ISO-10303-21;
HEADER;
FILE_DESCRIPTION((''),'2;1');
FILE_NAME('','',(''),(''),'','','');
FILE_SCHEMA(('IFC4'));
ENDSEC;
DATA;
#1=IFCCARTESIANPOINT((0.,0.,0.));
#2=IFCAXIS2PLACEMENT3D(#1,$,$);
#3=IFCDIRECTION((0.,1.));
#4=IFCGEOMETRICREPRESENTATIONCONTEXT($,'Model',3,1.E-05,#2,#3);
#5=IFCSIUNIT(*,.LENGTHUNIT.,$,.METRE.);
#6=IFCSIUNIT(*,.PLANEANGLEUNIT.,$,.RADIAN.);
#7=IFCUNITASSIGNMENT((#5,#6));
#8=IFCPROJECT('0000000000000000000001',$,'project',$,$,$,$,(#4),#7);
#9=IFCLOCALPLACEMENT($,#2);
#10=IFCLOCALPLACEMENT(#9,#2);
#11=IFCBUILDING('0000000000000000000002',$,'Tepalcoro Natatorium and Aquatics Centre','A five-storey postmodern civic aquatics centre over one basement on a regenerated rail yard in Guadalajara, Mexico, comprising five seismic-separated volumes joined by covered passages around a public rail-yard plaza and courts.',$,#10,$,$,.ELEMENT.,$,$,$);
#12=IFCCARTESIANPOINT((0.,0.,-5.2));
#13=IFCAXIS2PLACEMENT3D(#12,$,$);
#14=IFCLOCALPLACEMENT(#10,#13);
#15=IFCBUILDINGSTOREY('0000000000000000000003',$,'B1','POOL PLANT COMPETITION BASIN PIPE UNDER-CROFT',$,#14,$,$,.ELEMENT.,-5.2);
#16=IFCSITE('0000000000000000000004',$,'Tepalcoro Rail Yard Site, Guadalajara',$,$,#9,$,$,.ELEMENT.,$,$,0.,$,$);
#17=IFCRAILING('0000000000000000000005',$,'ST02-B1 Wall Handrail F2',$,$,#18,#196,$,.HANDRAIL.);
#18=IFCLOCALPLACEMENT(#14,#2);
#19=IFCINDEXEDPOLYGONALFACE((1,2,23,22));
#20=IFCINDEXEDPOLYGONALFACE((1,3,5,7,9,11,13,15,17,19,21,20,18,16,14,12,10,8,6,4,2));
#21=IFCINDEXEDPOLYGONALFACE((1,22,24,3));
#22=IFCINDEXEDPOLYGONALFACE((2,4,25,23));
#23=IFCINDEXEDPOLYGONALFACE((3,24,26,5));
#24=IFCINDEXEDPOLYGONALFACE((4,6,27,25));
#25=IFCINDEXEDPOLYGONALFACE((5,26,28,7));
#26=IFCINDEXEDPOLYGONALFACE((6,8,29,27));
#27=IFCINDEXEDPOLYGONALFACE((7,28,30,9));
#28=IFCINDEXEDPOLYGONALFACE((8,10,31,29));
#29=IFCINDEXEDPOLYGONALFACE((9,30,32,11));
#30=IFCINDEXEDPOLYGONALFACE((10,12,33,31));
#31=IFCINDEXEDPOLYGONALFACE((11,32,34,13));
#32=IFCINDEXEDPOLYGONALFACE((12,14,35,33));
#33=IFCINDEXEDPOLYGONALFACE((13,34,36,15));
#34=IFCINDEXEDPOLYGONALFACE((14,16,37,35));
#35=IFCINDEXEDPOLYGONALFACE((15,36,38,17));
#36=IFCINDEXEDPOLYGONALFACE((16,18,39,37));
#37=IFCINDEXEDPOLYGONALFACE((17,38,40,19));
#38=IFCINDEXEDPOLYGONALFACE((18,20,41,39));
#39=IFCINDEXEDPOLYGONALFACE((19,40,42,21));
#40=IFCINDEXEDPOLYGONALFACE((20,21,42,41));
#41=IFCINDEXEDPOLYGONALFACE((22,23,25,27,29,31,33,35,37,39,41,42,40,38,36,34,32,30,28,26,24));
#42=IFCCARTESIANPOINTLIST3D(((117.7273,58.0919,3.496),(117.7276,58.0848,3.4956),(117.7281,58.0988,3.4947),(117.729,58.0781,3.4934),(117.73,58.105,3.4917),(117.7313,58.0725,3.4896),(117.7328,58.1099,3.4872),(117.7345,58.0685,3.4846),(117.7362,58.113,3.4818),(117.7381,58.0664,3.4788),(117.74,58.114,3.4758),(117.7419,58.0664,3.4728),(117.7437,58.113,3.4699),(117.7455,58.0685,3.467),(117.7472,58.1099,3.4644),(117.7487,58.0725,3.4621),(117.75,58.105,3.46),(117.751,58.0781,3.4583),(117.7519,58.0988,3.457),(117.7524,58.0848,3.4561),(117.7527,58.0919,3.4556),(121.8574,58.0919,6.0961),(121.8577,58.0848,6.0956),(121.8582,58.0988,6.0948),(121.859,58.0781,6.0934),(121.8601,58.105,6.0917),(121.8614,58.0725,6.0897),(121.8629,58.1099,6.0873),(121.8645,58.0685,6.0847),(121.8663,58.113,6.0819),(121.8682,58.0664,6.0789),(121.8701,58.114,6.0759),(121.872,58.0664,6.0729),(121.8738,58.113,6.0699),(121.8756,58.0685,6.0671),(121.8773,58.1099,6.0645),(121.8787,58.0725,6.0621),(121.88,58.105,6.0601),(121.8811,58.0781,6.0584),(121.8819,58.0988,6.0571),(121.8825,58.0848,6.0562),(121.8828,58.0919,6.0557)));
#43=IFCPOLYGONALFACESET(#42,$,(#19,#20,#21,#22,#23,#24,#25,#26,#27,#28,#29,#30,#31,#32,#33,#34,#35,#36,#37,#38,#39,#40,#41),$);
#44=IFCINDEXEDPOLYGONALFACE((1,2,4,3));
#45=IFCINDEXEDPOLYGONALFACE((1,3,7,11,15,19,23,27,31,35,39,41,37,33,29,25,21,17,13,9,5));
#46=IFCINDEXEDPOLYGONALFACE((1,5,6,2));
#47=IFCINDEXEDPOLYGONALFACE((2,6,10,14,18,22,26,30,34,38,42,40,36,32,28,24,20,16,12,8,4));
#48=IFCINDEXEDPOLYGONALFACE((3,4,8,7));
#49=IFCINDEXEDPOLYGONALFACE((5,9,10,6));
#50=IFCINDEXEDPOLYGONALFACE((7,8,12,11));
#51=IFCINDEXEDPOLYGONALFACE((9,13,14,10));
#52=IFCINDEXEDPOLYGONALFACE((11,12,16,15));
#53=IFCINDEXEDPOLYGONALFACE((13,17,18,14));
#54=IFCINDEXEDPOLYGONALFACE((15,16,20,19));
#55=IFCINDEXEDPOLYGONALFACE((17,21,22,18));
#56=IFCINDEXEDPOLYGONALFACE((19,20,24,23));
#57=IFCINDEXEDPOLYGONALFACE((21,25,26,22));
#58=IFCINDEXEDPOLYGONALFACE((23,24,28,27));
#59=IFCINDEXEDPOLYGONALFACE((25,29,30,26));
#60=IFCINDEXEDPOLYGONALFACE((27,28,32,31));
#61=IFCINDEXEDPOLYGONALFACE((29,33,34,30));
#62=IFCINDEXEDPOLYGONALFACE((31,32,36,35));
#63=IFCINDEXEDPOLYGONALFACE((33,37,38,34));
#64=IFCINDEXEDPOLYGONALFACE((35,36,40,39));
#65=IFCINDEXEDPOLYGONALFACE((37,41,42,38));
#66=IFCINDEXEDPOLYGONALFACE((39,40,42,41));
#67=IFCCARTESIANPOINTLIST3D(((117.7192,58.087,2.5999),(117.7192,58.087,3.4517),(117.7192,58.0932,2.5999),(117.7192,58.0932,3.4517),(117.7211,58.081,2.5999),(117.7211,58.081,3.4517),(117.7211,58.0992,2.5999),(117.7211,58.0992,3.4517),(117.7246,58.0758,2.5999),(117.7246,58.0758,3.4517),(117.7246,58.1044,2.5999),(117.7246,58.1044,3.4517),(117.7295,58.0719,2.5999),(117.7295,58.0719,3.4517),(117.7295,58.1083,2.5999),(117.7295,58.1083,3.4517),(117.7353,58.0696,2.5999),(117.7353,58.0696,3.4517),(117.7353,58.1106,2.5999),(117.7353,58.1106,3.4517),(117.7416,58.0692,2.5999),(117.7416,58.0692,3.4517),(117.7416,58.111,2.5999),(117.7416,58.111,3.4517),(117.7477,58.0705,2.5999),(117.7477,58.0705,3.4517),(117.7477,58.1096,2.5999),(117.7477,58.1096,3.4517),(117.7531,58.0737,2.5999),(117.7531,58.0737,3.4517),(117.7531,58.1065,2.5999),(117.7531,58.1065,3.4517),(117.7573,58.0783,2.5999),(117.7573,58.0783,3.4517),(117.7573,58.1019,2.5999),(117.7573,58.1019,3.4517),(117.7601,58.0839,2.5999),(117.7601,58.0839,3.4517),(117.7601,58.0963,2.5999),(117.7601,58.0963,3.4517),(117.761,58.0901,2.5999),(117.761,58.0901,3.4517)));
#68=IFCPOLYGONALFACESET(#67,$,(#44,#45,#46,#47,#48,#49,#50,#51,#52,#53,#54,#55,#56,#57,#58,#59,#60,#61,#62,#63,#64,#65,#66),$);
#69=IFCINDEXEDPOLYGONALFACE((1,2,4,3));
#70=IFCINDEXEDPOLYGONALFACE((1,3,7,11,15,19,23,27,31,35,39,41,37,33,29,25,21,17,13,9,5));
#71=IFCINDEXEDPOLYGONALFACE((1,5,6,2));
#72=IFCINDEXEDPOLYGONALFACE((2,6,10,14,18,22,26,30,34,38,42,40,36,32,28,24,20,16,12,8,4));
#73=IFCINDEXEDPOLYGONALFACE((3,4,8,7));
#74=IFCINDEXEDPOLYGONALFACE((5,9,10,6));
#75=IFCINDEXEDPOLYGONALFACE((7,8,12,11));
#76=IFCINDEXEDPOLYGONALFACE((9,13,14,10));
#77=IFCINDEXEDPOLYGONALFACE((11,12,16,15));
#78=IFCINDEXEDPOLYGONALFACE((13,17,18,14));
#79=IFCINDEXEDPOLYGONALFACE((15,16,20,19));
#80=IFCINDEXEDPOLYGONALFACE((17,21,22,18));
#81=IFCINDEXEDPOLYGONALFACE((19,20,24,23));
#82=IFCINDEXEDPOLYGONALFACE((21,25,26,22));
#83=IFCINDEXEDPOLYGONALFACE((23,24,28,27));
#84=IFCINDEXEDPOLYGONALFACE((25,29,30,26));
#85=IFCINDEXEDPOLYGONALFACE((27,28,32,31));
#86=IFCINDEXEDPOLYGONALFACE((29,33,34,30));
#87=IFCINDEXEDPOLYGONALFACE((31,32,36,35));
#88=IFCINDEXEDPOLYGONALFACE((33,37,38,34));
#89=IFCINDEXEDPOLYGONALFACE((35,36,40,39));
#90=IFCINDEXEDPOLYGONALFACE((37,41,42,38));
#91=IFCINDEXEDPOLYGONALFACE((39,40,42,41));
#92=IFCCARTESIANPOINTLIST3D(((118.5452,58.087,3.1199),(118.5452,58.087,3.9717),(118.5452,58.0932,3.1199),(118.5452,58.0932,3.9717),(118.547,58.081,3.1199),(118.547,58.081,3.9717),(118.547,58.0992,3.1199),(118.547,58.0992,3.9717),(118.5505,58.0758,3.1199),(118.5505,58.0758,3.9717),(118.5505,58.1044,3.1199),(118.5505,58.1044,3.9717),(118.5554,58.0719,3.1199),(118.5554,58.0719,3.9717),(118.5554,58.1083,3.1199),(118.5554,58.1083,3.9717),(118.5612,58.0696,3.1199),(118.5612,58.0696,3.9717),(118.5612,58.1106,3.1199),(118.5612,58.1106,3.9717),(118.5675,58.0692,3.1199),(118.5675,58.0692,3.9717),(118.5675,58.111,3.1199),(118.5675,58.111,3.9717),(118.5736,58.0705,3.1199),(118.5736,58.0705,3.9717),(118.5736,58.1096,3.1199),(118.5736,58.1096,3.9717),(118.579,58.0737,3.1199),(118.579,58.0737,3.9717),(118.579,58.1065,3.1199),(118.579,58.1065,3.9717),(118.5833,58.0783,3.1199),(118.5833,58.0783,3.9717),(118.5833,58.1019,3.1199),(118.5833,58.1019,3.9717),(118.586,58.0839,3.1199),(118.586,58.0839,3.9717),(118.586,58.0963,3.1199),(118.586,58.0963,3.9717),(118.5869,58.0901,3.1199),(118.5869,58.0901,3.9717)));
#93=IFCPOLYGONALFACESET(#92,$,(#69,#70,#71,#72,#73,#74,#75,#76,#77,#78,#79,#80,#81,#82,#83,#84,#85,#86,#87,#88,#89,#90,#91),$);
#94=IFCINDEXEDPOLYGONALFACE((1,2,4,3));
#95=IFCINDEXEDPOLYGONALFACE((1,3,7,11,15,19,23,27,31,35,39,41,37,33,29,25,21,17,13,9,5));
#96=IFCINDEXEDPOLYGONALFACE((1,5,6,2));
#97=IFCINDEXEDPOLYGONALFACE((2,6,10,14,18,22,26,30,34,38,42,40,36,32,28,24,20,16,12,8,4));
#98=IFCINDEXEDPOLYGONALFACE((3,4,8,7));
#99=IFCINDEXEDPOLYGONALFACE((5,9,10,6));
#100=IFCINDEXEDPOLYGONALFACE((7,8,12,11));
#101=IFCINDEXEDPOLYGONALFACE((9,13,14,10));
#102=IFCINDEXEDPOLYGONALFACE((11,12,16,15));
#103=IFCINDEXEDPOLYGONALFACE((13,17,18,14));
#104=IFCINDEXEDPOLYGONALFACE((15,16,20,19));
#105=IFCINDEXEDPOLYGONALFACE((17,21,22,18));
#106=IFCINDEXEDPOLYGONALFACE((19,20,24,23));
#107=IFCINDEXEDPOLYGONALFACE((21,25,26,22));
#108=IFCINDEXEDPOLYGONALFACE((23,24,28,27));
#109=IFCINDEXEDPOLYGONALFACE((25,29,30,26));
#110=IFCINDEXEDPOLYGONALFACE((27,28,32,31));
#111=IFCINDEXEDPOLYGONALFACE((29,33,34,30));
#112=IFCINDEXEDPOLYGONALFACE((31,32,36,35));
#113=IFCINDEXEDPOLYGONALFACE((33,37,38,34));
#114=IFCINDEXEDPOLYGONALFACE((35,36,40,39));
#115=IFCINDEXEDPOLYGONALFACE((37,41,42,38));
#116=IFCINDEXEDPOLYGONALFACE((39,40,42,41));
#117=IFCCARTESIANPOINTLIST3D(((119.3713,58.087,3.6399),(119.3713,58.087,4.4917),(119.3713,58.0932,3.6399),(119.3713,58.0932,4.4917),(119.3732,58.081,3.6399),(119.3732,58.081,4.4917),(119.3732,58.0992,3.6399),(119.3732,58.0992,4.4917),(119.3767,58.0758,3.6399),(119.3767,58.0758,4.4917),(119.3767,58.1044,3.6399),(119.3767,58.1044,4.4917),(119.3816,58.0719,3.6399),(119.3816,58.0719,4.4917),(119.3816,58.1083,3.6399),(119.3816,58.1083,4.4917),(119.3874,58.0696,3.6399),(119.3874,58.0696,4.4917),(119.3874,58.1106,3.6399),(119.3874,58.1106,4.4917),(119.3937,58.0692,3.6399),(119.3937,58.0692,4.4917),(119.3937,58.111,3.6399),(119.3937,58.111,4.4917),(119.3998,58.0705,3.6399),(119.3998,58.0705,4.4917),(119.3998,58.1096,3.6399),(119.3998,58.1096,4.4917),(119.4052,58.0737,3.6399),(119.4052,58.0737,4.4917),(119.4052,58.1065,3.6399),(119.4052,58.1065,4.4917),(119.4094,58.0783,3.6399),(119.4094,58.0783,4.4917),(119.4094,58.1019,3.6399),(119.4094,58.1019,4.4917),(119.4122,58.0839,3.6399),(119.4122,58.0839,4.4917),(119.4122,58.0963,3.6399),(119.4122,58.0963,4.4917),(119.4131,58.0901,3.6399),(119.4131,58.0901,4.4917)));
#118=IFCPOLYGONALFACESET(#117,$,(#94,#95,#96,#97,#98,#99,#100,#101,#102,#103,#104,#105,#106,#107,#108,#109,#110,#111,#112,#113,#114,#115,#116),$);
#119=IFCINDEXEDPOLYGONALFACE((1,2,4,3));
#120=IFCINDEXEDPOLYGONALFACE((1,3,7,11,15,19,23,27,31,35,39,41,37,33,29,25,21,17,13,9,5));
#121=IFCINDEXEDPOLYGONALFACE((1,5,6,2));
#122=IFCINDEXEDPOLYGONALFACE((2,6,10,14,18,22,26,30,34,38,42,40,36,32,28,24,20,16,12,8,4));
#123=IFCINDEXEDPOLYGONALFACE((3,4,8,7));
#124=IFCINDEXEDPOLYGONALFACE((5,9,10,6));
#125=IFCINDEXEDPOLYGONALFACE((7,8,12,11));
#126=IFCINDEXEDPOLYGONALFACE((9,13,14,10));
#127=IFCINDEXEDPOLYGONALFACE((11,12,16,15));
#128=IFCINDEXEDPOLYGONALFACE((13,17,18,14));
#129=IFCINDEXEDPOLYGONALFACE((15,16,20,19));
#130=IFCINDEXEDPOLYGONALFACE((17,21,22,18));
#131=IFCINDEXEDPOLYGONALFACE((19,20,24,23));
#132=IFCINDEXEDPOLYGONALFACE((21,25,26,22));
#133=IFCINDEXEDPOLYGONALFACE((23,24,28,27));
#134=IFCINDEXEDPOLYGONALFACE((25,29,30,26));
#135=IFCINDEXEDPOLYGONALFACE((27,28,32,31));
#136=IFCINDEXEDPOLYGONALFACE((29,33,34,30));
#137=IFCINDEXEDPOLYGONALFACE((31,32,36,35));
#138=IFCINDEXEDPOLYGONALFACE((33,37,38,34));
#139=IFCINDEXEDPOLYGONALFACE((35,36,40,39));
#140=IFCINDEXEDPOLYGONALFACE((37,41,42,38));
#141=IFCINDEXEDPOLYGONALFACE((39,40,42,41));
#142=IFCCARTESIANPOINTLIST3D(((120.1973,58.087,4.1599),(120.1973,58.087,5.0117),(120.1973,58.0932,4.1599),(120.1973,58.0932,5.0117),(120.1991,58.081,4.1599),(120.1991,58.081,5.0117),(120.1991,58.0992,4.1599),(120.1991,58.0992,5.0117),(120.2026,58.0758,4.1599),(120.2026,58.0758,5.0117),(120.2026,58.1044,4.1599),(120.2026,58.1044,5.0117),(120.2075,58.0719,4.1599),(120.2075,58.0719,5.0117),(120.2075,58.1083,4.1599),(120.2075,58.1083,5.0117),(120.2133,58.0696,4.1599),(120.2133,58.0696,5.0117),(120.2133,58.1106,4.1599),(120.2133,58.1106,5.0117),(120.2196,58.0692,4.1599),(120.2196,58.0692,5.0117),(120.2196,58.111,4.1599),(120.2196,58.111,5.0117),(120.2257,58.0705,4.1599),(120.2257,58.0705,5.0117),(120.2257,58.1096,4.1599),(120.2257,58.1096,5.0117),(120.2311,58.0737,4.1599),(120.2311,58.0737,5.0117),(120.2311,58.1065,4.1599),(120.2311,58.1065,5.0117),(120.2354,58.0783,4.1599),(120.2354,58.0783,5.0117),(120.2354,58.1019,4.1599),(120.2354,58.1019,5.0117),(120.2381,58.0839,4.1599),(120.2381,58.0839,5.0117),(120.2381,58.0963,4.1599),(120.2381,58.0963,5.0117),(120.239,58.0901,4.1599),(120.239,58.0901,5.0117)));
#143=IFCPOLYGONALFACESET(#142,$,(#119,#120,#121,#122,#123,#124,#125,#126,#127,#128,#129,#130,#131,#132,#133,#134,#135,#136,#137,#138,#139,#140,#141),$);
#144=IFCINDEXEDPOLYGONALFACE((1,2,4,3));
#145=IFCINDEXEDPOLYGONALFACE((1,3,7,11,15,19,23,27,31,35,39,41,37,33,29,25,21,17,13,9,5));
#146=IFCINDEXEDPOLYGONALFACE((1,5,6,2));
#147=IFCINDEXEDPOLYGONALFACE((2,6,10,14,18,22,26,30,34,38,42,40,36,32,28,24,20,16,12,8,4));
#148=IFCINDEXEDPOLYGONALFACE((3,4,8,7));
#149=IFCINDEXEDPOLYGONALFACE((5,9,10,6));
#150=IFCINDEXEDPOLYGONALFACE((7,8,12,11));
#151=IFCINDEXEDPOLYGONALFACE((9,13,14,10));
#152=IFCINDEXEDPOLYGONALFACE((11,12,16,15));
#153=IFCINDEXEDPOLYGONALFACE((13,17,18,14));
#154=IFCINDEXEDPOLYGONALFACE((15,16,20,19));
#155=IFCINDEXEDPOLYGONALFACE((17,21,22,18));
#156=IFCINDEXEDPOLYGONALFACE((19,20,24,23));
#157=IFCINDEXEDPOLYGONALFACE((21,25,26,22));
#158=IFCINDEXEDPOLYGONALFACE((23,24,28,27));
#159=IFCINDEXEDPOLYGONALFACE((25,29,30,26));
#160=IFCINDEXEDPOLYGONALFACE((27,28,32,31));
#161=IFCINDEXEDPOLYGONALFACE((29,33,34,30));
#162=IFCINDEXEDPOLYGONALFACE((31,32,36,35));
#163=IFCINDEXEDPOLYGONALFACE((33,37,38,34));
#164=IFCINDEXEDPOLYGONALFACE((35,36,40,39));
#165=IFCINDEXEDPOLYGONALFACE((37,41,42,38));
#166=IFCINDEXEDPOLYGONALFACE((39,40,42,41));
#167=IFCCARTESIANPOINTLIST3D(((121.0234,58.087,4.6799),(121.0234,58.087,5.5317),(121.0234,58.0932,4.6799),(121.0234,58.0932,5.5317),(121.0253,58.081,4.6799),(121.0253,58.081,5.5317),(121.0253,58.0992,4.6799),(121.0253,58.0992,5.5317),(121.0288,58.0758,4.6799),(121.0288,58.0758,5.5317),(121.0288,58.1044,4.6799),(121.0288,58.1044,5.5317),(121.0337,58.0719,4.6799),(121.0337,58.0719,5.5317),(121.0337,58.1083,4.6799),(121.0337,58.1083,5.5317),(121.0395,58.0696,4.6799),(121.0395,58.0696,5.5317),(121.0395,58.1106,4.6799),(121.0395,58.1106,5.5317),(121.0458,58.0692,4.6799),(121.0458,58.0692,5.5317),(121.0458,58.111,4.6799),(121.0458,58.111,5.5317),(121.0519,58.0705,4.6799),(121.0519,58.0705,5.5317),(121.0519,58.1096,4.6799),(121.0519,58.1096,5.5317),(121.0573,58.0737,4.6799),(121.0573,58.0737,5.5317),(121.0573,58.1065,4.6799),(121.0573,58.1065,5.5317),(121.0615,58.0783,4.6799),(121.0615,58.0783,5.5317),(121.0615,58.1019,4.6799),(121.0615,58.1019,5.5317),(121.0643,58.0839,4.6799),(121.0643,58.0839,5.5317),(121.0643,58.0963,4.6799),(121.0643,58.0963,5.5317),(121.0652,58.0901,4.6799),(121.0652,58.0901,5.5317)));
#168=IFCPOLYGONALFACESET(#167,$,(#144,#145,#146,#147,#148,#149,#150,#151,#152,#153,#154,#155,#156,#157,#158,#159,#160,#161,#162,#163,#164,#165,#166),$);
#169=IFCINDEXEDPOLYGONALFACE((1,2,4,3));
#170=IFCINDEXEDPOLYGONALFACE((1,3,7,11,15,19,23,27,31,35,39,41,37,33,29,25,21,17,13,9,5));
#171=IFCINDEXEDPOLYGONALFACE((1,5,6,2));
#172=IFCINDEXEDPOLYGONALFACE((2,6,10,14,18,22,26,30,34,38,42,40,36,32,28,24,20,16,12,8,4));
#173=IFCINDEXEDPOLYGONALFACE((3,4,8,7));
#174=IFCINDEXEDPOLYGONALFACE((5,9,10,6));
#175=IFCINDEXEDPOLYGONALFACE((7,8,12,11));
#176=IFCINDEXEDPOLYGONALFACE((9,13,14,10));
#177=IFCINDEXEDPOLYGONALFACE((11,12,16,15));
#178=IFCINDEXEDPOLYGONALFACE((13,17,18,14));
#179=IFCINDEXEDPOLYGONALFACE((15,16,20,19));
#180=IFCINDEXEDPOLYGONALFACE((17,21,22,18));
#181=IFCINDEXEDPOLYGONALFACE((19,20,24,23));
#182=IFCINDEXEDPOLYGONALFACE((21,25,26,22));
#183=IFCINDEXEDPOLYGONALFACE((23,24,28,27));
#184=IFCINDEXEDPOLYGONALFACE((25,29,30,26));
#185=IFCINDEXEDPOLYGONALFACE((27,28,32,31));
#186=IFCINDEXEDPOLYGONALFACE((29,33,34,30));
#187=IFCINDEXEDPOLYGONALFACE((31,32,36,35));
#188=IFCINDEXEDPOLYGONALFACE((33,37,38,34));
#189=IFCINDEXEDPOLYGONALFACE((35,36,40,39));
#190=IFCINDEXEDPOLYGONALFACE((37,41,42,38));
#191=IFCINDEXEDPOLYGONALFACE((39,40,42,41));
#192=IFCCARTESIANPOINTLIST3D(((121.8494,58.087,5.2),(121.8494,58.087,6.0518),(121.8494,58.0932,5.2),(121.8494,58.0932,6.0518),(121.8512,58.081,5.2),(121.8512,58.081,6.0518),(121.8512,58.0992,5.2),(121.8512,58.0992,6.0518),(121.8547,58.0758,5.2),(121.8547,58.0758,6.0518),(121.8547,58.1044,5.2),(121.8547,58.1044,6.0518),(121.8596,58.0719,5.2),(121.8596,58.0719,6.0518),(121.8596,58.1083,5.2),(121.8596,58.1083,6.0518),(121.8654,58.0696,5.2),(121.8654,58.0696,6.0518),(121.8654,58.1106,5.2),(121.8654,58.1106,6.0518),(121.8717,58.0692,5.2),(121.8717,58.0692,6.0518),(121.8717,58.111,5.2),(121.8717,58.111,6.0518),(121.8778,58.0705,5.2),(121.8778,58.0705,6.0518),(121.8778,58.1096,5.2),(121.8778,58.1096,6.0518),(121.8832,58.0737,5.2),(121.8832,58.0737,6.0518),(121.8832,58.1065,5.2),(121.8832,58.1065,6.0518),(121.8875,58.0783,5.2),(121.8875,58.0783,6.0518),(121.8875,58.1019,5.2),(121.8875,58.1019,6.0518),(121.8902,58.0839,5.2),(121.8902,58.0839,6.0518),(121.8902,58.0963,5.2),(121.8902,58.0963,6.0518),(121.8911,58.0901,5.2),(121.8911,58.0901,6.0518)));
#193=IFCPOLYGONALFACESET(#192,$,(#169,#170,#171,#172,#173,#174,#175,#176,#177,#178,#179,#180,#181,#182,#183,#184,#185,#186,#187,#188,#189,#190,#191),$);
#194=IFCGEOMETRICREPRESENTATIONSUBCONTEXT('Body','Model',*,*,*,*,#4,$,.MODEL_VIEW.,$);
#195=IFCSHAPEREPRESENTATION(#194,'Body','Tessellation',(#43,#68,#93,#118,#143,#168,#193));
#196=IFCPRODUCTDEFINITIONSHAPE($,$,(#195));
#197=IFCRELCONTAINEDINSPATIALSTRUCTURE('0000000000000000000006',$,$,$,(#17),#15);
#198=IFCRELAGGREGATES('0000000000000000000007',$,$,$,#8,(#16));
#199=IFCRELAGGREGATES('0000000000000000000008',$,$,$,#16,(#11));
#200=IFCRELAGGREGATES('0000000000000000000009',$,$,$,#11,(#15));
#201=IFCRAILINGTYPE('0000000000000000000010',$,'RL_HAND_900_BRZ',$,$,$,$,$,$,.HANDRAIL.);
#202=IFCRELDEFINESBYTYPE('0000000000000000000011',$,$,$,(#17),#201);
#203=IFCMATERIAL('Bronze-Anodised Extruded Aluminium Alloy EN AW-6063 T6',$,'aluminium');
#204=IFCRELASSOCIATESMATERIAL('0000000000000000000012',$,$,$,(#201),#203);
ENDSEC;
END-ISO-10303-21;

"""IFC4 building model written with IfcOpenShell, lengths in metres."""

from ifc_helpers import new_model, si_unit, direction, frame, origin, origin_2d, place, context, subcontext, project, spatial, circle, extrude, material, type_object, element, save


model = new_model("IFC4")

# Units and contexts
model_context = context("Model", 3, precision=1e-05, world=origin(), true_north=direction((0.0, 1.0)))
body_context = subcontext(model_context, "Body", "Model", "MODEL_VIEW")
ifc_project = project(units=[si_unit("LENGTHUNIT", "METRE"), si_unit("PLANEANGLEUNIT", "RADIAN")], contexts=[model_context])

# Site, building, storey
site_placement = place(None, origin())
site = spatial("IfcSite", under=ifc_project, at=site_placement, Name="Tepalcoro Rail Yard Site, Guadalajara", CompositionType="ELEMENT", RefElevation=0.0)
building_placement = place(site_placement, origin())
building = spatial("IfcBuilding", under=site, at=building_placement, Name="Tepalcoro Natatorium and Aquatics Centre", Description="A five-storey postmodern civic aquatics centre over one basement on a regenerated rail yard in Guadalajara, Mexico, comprising five seismic-separated volumes joined by covered passages around a public rail-yard plaza and courts.", CompositionType="ELEMENT")
storey_placement = place(building_placement, frame((0.0, 0.0, -5.2)))
storey = spatial("IfcBuildingStorey", under=building, at=storey_placement, Name="B1", Description="POOL PLANT COMPETITION BASIN PIPE UNDER-CROFT", CompositionType="ELEMENT", Elevation=-5.2)

# Railing
ifc_material_1 = material(Name="Bronze-Anodised Extruded Aluminium Alloy EN AW-6063 T6", Category="aluminium")
railing_type_1 = type_object("IfcRailingType", Name="RL_HAND_900_BRZ", PredefinedType="HANDRAIL", material=ifc_material_1)
railing_1_placement = place(storey_placement, frame((117.74, 58.0901, 2.5999)))
element("IfcRailing", 1, at=railing_1_placement, inside=storey, type_object=railing_type_1, Name="ST02-B1 Wall Handrail F2", PredefinedType="HANDRAIL", context=body_context, shape_type="SweptSolid", body=[
    extrude(circle(Radius=0.0239, at=origin_2d()), frame((0.0, 0.0, 0.876), z_axis=(0.846265, 0.0, 0.532762), x_axis=(0.0, 1.0, 0.0)), (0.0, 0.0, 1.0), 4.8804),
    extrude(circle(Radius=0.021, at=origin_2d()), origin(), (0.0, 0.0, 1.0), 0.8518),
    extrude(circle(Radius=0.021, at=origin_2d()), frame((0.8259, 0.0, 0.52)), (0.0, 0.0, 1.0), 0.8518),
    extrude(circle(Radius=0.021, at=origin_2d()), frame((1.6521, 0.0, 1.04)), (0.0, 0.0, 1.0), 0.8518),
    extrude(circle(Radius=0.021, at=origin_2d()), frame((2.478, 0.0, 1.5601)), (0.0, 0.0, 1.0), 0.8518),
    extrude(circle(Radius=0.021, at=origin_2d()), frame((3.3042, 0.0, 2.0801)), (0.0, 0.0, 1.0), 0.8518),
    extrude(circle(Radius=0.021, at=origin_2d()), frame((4.1301, 0.0, 2.6001)), (0.0, 0.0, 1.0), 0.8518),
])

save(model, "model.ifc")
